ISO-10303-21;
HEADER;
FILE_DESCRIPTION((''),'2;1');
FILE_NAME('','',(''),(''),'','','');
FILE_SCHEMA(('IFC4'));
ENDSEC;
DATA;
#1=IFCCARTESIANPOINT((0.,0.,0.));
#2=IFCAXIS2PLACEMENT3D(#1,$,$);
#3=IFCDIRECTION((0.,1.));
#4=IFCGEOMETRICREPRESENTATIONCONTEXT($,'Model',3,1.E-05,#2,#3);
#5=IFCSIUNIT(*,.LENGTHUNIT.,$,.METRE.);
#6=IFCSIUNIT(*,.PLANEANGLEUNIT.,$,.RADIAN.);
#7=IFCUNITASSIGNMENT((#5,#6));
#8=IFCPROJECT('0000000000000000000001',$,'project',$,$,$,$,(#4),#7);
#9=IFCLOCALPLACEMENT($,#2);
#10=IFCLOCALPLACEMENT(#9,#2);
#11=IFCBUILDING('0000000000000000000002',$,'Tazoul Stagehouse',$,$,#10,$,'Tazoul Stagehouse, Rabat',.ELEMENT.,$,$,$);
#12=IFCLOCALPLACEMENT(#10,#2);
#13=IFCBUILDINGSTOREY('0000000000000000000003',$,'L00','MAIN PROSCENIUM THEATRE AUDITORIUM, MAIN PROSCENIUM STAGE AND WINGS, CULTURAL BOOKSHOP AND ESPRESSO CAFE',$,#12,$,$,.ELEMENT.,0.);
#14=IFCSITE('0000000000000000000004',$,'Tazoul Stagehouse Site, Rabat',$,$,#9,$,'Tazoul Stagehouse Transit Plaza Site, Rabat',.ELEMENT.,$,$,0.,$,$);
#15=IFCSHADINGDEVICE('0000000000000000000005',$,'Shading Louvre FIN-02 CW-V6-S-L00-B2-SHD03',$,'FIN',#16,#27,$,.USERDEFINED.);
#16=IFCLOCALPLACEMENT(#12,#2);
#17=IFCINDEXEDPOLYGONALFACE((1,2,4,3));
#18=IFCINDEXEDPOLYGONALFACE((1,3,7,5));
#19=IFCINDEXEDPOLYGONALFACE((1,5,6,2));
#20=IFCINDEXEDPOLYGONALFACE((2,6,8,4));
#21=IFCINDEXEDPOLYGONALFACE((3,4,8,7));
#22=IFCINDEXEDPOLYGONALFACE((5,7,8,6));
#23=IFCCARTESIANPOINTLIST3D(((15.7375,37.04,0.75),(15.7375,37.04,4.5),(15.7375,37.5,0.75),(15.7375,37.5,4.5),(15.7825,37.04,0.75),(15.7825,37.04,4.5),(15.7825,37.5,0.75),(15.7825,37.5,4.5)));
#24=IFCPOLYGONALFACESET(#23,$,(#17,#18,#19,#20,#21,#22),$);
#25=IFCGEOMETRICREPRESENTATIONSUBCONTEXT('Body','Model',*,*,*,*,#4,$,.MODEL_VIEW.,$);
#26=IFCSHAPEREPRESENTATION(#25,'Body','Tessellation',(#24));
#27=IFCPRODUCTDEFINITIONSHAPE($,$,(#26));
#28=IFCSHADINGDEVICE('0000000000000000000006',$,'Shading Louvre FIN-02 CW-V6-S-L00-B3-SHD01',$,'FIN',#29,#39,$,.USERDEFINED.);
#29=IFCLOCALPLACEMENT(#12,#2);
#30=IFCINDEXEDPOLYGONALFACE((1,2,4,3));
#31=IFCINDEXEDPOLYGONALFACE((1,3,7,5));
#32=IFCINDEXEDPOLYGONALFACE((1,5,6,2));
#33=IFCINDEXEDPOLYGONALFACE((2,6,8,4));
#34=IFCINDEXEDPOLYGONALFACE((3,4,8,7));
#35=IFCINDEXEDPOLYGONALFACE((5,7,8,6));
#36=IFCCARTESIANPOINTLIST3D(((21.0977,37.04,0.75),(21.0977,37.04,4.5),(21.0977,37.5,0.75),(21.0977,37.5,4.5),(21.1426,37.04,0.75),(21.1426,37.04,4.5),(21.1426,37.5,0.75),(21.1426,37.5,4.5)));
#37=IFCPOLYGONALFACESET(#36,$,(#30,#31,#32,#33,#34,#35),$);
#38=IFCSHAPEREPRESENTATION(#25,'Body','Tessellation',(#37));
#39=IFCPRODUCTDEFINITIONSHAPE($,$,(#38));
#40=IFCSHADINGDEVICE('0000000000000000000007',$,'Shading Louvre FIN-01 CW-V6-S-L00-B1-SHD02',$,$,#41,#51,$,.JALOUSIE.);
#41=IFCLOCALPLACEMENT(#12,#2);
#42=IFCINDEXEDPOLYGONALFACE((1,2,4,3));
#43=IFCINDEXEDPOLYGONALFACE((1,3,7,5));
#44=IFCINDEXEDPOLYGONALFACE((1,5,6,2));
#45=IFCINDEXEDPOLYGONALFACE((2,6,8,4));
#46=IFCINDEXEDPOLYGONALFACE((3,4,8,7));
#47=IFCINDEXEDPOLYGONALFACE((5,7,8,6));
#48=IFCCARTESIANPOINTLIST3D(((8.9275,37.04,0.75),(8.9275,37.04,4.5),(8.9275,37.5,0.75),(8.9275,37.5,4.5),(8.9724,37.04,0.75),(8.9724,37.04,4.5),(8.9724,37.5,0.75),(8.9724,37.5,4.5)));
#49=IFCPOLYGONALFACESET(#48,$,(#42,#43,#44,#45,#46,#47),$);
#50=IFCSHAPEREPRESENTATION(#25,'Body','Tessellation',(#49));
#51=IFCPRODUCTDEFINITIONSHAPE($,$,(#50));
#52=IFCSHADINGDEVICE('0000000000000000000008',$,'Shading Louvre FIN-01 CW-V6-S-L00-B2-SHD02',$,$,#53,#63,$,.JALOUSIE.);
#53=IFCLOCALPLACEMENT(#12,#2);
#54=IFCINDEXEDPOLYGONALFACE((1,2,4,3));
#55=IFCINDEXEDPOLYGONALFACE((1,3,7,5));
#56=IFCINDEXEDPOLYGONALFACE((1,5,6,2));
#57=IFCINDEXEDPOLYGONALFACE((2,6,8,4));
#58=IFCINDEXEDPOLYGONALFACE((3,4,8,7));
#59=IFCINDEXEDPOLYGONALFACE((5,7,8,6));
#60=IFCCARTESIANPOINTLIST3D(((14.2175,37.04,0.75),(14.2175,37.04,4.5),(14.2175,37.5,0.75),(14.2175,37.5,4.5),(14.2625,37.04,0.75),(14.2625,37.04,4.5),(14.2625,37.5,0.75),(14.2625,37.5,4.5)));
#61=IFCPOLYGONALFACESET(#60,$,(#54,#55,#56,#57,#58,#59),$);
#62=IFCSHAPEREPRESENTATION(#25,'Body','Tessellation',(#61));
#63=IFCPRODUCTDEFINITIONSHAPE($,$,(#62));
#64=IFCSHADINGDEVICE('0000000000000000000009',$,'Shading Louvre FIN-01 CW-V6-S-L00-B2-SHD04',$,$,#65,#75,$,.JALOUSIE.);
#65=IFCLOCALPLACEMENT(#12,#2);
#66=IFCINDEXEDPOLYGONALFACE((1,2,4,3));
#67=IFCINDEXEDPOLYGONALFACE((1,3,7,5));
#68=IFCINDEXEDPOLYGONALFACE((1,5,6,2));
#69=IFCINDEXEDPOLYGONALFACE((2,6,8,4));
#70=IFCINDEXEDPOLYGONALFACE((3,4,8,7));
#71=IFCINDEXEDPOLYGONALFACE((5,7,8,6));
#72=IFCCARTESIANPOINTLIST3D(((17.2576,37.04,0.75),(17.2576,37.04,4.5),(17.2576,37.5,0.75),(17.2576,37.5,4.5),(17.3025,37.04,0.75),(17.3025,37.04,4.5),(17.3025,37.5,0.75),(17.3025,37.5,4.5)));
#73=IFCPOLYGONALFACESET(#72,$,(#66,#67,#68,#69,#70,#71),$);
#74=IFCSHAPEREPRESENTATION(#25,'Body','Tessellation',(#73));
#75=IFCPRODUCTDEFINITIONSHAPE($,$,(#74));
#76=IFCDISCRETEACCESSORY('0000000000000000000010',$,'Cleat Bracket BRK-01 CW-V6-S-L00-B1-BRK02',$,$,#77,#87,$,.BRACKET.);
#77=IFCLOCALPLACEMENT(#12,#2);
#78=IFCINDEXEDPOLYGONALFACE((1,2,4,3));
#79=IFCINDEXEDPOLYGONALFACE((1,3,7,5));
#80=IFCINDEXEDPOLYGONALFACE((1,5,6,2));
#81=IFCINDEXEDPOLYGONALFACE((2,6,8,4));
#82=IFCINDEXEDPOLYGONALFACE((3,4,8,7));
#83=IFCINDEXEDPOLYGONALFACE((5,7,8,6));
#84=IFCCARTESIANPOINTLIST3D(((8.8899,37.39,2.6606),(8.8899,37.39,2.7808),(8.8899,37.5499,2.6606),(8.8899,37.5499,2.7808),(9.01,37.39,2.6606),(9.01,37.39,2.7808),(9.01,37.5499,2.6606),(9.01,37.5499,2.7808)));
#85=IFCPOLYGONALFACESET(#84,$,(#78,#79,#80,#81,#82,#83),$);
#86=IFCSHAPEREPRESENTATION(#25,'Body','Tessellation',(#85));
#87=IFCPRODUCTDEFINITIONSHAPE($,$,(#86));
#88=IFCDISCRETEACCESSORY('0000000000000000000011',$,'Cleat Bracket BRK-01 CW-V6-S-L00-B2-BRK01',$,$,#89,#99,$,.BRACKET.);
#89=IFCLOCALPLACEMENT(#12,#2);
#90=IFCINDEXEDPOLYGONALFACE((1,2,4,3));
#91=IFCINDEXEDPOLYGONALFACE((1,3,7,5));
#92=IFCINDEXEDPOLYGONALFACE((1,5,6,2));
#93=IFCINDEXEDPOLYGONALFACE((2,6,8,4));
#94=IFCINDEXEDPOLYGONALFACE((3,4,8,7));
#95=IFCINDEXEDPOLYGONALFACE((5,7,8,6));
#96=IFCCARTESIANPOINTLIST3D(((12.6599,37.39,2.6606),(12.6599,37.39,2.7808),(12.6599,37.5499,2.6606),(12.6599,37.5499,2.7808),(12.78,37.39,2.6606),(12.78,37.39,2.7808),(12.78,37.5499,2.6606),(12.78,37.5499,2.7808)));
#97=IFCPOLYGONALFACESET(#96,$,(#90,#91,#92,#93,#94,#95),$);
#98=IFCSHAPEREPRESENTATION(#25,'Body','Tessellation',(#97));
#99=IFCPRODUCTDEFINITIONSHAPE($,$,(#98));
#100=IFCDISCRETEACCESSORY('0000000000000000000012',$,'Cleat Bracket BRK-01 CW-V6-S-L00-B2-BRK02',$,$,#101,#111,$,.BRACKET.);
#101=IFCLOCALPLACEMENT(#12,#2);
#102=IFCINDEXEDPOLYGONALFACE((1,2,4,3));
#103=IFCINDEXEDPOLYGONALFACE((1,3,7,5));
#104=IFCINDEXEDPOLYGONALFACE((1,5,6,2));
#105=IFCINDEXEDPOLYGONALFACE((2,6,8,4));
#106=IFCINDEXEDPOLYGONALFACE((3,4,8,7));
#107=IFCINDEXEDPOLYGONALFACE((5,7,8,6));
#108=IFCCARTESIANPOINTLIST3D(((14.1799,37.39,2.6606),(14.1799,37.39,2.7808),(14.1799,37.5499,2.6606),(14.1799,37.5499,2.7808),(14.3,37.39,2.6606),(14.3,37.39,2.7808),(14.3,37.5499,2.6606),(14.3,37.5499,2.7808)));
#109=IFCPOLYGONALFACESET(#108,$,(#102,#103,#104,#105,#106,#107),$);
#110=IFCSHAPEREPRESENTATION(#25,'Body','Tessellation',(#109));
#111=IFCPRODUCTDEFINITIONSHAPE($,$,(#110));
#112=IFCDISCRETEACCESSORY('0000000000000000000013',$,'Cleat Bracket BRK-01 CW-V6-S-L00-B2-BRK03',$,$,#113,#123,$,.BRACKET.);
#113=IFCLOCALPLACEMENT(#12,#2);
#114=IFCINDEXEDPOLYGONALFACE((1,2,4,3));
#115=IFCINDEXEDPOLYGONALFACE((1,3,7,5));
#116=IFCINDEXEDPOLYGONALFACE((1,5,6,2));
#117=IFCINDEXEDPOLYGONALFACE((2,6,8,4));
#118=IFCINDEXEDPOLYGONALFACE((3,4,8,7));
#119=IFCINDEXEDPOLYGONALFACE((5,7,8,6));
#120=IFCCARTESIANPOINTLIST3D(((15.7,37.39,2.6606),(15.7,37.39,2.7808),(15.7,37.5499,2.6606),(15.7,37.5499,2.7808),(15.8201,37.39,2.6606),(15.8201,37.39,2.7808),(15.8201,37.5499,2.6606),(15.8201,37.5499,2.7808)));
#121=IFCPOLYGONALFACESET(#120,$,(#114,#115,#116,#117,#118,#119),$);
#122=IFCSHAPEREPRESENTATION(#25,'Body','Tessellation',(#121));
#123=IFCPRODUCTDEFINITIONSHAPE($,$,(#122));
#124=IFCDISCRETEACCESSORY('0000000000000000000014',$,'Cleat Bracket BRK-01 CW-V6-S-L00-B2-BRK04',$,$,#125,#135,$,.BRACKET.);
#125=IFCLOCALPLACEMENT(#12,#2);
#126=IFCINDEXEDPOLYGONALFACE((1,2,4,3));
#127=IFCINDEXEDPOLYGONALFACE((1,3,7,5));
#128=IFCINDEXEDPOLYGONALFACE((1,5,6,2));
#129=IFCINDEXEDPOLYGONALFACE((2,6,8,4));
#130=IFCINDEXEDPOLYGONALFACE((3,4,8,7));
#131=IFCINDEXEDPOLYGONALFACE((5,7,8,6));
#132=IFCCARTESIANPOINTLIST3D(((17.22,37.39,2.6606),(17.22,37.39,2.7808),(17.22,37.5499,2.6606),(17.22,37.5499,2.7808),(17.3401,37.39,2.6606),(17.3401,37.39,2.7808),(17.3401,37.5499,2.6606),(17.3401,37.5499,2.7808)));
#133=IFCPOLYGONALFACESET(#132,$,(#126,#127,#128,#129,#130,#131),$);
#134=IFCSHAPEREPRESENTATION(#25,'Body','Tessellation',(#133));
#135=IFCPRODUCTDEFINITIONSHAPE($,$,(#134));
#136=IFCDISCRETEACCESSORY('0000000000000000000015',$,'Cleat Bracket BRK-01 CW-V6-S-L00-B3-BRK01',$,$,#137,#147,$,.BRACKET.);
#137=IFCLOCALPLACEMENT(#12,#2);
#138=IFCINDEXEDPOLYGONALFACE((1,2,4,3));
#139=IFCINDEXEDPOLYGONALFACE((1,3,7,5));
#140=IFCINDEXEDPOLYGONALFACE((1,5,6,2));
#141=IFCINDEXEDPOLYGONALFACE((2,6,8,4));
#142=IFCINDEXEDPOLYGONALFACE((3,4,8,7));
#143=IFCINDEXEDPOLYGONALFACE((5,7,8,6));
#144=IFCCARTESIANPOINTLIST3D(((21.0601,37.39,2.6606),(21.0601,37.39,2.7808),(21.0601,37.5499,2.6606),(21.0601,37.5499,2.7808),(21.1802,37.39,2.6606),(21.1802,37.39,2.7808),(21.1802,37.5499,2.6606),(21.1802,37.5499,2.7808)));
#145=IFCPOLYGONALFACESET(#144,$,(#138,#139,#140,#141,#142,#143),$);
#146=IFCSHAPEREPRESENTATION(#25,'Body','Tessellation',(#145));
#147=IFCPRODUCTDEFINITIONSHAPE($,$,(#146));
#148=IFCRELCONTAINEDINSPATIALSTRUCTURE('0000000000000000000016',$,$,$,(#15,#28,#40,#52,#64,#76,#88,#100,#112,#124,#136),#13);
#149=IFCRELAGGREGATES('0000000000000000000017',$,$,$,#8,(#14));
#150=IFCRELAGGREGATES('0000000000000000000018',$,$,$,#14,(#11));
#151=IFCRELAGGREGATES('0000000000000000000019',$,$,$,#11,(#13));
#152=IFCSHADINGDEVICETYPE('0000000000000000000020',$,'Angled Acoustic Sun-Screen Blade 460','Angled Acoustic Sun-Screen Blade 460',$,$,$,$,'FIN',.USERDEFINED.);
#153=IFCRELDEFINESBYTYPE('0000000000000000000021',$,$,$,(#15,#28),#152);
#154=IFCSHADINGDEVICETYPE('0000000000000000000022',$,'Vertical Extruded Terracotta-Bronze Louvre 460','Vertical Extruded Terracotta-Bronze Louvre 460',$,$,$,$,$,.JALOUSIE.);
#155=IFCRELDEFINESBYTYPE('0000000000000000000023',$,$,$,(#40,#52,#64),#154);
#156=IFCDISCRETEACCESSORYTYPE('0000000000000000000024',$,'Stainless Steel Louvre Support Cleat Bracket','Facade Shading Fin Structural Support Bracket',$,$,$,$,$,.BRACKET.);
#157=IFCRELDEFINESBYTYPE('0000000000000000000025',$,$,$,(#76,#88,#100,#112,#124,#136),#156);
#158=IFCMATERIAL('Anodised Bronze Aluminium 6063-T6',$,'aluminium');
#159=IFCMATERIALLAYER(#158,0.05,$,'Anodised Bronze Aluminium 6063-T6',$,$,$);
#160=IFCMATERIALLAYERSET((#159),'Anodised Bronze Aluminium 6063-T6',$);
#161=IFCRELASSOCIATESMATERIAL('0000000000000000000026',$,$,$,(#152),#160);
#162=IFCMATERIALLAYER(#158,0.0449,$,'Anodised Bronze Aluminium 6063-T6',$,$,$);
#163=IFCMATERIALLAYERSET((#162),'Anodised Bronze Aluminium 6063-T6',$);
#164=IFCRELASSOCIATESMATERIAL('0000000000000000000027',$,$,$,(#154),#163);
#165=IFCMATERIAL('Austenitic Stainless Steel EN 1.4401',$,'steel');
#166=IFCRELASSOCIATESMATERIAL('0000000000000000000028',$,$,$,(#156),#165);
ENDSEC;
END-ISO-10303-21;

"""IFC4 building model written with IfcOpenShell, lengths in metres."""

from ifc_helpers import new_model, si_unit, direction, frame, origin, origin_2d, place, context, subcontext, project, spatial, rectangle, extrude, material, layer, layer_set, type_object, element, save


model = new_model("IFC4")

# Units and contexts
model_context = context("Model", 3, precision=1e-05, world=origin(), true_north=direction((0.0, 1.0)))
body_context = subcontext(model_context, "Body", "Model", "MODEL_VIEW")
ifc_project = project(units=[si_unit("LENGTHUNIT", "METRE"), si_unit("PLANEANGLEUNIT", "RADIAN")], contexts=[model_context])

# Site, building, storey
site_placement = place(None, origin())
site = spatial("IfcSite", under=ifc_project, at=site_placement, Name="Tazoul Stagehouse Site, Rabat", LongName="Tazoul Stagehouse Transit Plaza Site, Rabat", CompositionType="ELEMENT", RefElevation=0.0)
building_placement = place(site_placement, origin())
building = spatial("IfcBuilding", under=site, at=building_placement, Name="Tazoul Stagehouse", LongName="Tazoul Stagehouse, Rabat", CompositionType="ELEMENT")
storey_placement = place(building_placement, origin())
storey = spatial("IfcBuildingStorey", under=building, at=storey_placement, Name="L00", Description="MAIN PROSCENIUM THEATRE AUDITORIUM, MAIN PROSCENIUM STAGE AND WINGS, CULTURAL BOOKSHOP AND ESPRESSO CAFE", CompositionType="ELEMENT", Elevation=0.0)

# Shading devices
ifc_material_1 = material(Name="Anodised Bronze Aluminium 6063-T6", Category="aluminium")
ifc_layer_1 = layer(ifc_material_1, 0.05, Name="Anodised Bronze Aluminium 6063-T6")
ifc_layer_set_1 = layer_set([ifc_layer_1], Name="Anodised Bronze Aluminium 6063-T6")
shading_device_type_1 = type_object("IfcShadingDeviceType", Name="Angled Acoustic Sun-Screen Blade 460", Description="Angled Acoustic Sun-Screen Blade 460", ElementType="FIN", PredefinedType="USERDEFINED", material=ifc_layer_set_1)
for number, where, z_axis, x_axis, name in (
    (1, (15.76, 37.27, 0.75), (0.0, 0.0, 1.0), (1.0, 0.0, 0.0), "Shading Louvre FIN-02 CW-V6-S-L00-B2-SHD03"),
    (2, (21.1201, 37.27, 0.75), (0.0, 0.0, 1.0), (1.0, 0.0, 0.0), "Shading Louvre FIN-02 CW-V6-S-L00-B3-SHD01"),
):
    element("IfcShadingDevice", number, at=place(storey_placement, frame(where, z_axis=z_axis, x_axis=x_axis)), inside=storey, type_object=shading_device_type_1, Name=name, ObjectType="FIN", PredefinedType="USERDEFINED", context=body_context, shape_type="SweptSolid", body=[
        extrude(rectangle(XDim=0.0449, YDim=0.46, at=origin_2d()), origin(), (0.0, 0.0, 1.0), 3.75),
    ])
ifc_layer_2 = layer(ifc_material_1, 0.0449, Name="Anodised Bronze Aluminium 6063-T6")
ifc_layer_set_2 = layer_set([ifc_layer_2], Name="Anodised Bronze Aluminium 6063-T6")
shading_device_type_2 = type_object("IfcShadingDeviceType", Name="Vertical Extruded Terracotta-Bronze Louvre 460", Description="Vertical Extruded Terracotta-Bronze Louvre 460", PredefinedType="JALOUSIE", material=ifc_layer_set_2)
for number, where, z_axis, x_axis, name in (
    (3, (8.95, 37.27, 0.75), (0.0, 0.0, 1.0), (1.0, 0.0, 0.0), "Shading Louvre FIN-01 CW-V6-S-L00-B1-SHD02"),
    (4, (14.24, 37.27, 0.75), (0.0, 0.0, 1.0), (1.0, 0.0, 0.0), "Shading Louvre FIN-01 CW-V6-S-L00-B2-SHD02"),
    (5, (17.28, 37.27, 0.75), (0.0, 0.0, 1.0), (1.0, 0.0, 0.0), "Shading Louvre FIN-01 CW-V6-S-L00-B2-SHD04"),
):
    element("IfcShadingDevice", number, at=place(storey_placement, frame(where, z_axis=z_axis, x_axis=x_axis)), inside=storey, type_object=shading_device_type_2, Name=name, PredefinedType="JALOUSIE", context=body_context, shape_type="SweptSolid", body=[
        extrude(rectangle(XDim=0.0449, YDim=0.46, at=origin_2d()), origin(), (0.0, 0.0, 1.0), 3.75),
    ])

# Discrete accessories
ifc_material_2 = material(Name="Austenitic Stainless Steel EN 1.4401", Category="steel")
discrete_accessory_type = type_object("IfcDiscreteAccessoryType", Name="Stainless Steel Louvre Support Cleat Bracket", Description="Facade Shading Fin Structural Support Bracket", PredefinedType="BRACKET", material=ifc_material_2)
for number, where, z_axis, x_axis, name in (
    (6, (8.95, 37.47, 2.6606), (0.0, 0.0, 1.0), (1.0, 0.0, 0.0), "Cleat Bracket BRK-01 CW-V6-S-L00-B1-BRK02"),
    (7, (12.72, 37.47, 2.6606), (0.0, 0.0, 1.0), (1.0, 0.0, 0.0), "Cleat Bracket BRK-01 CW-V6-S-L00-B2-BRK01"),
    (8, (14.24, 37.47, 2.6606), (0.0, 0.0, 1.0), (1.0, 0.0, 0.0), "Cleat Bracket BRK-01 CW-V6-S-L00-B2-BRK02"),
    (9, (15.76, 37.47, 2.6606), (0.0, 0.0, 1.0), (1.0, 0.0, 0.0), "Cleat Bracket BRK-01 CW-V6-S-L00-B2-BRK03"),
    (10, (17.28, 37.47, 2.6606), (0.0, 0.0, 1.0), (1.0, 0.0, 0.0), "Cleat Bracket BRK-01 CW-V6-S-L00-B2-BRK04"),
    (11, (21.1201, 37.47, 2.6606), (0.0, 0.0, 1.0), (1.0, 0.0, 0.0), "Cleat Bracket BRK-01 CW-V6-S-L00-B3-BRK01"),
):
    element("IfcDiscreteAccessory", number, at=place(storey_placement, frame(where, z_axis=z_axis, x_axis=x_axis)), inside=storey, type_object=discrete_accessory_type, Name=name, PredefinedType="BRACKET", context=body_context, shape_type="SweptSolid", body=[
        extrude(rectangle(XDim=0.1201, YDim=0.1599, at=origin_2d()), origin(), (0.0, 0.0, 1.0), 0.1201),
    ])

save(model, "model.ifc")
